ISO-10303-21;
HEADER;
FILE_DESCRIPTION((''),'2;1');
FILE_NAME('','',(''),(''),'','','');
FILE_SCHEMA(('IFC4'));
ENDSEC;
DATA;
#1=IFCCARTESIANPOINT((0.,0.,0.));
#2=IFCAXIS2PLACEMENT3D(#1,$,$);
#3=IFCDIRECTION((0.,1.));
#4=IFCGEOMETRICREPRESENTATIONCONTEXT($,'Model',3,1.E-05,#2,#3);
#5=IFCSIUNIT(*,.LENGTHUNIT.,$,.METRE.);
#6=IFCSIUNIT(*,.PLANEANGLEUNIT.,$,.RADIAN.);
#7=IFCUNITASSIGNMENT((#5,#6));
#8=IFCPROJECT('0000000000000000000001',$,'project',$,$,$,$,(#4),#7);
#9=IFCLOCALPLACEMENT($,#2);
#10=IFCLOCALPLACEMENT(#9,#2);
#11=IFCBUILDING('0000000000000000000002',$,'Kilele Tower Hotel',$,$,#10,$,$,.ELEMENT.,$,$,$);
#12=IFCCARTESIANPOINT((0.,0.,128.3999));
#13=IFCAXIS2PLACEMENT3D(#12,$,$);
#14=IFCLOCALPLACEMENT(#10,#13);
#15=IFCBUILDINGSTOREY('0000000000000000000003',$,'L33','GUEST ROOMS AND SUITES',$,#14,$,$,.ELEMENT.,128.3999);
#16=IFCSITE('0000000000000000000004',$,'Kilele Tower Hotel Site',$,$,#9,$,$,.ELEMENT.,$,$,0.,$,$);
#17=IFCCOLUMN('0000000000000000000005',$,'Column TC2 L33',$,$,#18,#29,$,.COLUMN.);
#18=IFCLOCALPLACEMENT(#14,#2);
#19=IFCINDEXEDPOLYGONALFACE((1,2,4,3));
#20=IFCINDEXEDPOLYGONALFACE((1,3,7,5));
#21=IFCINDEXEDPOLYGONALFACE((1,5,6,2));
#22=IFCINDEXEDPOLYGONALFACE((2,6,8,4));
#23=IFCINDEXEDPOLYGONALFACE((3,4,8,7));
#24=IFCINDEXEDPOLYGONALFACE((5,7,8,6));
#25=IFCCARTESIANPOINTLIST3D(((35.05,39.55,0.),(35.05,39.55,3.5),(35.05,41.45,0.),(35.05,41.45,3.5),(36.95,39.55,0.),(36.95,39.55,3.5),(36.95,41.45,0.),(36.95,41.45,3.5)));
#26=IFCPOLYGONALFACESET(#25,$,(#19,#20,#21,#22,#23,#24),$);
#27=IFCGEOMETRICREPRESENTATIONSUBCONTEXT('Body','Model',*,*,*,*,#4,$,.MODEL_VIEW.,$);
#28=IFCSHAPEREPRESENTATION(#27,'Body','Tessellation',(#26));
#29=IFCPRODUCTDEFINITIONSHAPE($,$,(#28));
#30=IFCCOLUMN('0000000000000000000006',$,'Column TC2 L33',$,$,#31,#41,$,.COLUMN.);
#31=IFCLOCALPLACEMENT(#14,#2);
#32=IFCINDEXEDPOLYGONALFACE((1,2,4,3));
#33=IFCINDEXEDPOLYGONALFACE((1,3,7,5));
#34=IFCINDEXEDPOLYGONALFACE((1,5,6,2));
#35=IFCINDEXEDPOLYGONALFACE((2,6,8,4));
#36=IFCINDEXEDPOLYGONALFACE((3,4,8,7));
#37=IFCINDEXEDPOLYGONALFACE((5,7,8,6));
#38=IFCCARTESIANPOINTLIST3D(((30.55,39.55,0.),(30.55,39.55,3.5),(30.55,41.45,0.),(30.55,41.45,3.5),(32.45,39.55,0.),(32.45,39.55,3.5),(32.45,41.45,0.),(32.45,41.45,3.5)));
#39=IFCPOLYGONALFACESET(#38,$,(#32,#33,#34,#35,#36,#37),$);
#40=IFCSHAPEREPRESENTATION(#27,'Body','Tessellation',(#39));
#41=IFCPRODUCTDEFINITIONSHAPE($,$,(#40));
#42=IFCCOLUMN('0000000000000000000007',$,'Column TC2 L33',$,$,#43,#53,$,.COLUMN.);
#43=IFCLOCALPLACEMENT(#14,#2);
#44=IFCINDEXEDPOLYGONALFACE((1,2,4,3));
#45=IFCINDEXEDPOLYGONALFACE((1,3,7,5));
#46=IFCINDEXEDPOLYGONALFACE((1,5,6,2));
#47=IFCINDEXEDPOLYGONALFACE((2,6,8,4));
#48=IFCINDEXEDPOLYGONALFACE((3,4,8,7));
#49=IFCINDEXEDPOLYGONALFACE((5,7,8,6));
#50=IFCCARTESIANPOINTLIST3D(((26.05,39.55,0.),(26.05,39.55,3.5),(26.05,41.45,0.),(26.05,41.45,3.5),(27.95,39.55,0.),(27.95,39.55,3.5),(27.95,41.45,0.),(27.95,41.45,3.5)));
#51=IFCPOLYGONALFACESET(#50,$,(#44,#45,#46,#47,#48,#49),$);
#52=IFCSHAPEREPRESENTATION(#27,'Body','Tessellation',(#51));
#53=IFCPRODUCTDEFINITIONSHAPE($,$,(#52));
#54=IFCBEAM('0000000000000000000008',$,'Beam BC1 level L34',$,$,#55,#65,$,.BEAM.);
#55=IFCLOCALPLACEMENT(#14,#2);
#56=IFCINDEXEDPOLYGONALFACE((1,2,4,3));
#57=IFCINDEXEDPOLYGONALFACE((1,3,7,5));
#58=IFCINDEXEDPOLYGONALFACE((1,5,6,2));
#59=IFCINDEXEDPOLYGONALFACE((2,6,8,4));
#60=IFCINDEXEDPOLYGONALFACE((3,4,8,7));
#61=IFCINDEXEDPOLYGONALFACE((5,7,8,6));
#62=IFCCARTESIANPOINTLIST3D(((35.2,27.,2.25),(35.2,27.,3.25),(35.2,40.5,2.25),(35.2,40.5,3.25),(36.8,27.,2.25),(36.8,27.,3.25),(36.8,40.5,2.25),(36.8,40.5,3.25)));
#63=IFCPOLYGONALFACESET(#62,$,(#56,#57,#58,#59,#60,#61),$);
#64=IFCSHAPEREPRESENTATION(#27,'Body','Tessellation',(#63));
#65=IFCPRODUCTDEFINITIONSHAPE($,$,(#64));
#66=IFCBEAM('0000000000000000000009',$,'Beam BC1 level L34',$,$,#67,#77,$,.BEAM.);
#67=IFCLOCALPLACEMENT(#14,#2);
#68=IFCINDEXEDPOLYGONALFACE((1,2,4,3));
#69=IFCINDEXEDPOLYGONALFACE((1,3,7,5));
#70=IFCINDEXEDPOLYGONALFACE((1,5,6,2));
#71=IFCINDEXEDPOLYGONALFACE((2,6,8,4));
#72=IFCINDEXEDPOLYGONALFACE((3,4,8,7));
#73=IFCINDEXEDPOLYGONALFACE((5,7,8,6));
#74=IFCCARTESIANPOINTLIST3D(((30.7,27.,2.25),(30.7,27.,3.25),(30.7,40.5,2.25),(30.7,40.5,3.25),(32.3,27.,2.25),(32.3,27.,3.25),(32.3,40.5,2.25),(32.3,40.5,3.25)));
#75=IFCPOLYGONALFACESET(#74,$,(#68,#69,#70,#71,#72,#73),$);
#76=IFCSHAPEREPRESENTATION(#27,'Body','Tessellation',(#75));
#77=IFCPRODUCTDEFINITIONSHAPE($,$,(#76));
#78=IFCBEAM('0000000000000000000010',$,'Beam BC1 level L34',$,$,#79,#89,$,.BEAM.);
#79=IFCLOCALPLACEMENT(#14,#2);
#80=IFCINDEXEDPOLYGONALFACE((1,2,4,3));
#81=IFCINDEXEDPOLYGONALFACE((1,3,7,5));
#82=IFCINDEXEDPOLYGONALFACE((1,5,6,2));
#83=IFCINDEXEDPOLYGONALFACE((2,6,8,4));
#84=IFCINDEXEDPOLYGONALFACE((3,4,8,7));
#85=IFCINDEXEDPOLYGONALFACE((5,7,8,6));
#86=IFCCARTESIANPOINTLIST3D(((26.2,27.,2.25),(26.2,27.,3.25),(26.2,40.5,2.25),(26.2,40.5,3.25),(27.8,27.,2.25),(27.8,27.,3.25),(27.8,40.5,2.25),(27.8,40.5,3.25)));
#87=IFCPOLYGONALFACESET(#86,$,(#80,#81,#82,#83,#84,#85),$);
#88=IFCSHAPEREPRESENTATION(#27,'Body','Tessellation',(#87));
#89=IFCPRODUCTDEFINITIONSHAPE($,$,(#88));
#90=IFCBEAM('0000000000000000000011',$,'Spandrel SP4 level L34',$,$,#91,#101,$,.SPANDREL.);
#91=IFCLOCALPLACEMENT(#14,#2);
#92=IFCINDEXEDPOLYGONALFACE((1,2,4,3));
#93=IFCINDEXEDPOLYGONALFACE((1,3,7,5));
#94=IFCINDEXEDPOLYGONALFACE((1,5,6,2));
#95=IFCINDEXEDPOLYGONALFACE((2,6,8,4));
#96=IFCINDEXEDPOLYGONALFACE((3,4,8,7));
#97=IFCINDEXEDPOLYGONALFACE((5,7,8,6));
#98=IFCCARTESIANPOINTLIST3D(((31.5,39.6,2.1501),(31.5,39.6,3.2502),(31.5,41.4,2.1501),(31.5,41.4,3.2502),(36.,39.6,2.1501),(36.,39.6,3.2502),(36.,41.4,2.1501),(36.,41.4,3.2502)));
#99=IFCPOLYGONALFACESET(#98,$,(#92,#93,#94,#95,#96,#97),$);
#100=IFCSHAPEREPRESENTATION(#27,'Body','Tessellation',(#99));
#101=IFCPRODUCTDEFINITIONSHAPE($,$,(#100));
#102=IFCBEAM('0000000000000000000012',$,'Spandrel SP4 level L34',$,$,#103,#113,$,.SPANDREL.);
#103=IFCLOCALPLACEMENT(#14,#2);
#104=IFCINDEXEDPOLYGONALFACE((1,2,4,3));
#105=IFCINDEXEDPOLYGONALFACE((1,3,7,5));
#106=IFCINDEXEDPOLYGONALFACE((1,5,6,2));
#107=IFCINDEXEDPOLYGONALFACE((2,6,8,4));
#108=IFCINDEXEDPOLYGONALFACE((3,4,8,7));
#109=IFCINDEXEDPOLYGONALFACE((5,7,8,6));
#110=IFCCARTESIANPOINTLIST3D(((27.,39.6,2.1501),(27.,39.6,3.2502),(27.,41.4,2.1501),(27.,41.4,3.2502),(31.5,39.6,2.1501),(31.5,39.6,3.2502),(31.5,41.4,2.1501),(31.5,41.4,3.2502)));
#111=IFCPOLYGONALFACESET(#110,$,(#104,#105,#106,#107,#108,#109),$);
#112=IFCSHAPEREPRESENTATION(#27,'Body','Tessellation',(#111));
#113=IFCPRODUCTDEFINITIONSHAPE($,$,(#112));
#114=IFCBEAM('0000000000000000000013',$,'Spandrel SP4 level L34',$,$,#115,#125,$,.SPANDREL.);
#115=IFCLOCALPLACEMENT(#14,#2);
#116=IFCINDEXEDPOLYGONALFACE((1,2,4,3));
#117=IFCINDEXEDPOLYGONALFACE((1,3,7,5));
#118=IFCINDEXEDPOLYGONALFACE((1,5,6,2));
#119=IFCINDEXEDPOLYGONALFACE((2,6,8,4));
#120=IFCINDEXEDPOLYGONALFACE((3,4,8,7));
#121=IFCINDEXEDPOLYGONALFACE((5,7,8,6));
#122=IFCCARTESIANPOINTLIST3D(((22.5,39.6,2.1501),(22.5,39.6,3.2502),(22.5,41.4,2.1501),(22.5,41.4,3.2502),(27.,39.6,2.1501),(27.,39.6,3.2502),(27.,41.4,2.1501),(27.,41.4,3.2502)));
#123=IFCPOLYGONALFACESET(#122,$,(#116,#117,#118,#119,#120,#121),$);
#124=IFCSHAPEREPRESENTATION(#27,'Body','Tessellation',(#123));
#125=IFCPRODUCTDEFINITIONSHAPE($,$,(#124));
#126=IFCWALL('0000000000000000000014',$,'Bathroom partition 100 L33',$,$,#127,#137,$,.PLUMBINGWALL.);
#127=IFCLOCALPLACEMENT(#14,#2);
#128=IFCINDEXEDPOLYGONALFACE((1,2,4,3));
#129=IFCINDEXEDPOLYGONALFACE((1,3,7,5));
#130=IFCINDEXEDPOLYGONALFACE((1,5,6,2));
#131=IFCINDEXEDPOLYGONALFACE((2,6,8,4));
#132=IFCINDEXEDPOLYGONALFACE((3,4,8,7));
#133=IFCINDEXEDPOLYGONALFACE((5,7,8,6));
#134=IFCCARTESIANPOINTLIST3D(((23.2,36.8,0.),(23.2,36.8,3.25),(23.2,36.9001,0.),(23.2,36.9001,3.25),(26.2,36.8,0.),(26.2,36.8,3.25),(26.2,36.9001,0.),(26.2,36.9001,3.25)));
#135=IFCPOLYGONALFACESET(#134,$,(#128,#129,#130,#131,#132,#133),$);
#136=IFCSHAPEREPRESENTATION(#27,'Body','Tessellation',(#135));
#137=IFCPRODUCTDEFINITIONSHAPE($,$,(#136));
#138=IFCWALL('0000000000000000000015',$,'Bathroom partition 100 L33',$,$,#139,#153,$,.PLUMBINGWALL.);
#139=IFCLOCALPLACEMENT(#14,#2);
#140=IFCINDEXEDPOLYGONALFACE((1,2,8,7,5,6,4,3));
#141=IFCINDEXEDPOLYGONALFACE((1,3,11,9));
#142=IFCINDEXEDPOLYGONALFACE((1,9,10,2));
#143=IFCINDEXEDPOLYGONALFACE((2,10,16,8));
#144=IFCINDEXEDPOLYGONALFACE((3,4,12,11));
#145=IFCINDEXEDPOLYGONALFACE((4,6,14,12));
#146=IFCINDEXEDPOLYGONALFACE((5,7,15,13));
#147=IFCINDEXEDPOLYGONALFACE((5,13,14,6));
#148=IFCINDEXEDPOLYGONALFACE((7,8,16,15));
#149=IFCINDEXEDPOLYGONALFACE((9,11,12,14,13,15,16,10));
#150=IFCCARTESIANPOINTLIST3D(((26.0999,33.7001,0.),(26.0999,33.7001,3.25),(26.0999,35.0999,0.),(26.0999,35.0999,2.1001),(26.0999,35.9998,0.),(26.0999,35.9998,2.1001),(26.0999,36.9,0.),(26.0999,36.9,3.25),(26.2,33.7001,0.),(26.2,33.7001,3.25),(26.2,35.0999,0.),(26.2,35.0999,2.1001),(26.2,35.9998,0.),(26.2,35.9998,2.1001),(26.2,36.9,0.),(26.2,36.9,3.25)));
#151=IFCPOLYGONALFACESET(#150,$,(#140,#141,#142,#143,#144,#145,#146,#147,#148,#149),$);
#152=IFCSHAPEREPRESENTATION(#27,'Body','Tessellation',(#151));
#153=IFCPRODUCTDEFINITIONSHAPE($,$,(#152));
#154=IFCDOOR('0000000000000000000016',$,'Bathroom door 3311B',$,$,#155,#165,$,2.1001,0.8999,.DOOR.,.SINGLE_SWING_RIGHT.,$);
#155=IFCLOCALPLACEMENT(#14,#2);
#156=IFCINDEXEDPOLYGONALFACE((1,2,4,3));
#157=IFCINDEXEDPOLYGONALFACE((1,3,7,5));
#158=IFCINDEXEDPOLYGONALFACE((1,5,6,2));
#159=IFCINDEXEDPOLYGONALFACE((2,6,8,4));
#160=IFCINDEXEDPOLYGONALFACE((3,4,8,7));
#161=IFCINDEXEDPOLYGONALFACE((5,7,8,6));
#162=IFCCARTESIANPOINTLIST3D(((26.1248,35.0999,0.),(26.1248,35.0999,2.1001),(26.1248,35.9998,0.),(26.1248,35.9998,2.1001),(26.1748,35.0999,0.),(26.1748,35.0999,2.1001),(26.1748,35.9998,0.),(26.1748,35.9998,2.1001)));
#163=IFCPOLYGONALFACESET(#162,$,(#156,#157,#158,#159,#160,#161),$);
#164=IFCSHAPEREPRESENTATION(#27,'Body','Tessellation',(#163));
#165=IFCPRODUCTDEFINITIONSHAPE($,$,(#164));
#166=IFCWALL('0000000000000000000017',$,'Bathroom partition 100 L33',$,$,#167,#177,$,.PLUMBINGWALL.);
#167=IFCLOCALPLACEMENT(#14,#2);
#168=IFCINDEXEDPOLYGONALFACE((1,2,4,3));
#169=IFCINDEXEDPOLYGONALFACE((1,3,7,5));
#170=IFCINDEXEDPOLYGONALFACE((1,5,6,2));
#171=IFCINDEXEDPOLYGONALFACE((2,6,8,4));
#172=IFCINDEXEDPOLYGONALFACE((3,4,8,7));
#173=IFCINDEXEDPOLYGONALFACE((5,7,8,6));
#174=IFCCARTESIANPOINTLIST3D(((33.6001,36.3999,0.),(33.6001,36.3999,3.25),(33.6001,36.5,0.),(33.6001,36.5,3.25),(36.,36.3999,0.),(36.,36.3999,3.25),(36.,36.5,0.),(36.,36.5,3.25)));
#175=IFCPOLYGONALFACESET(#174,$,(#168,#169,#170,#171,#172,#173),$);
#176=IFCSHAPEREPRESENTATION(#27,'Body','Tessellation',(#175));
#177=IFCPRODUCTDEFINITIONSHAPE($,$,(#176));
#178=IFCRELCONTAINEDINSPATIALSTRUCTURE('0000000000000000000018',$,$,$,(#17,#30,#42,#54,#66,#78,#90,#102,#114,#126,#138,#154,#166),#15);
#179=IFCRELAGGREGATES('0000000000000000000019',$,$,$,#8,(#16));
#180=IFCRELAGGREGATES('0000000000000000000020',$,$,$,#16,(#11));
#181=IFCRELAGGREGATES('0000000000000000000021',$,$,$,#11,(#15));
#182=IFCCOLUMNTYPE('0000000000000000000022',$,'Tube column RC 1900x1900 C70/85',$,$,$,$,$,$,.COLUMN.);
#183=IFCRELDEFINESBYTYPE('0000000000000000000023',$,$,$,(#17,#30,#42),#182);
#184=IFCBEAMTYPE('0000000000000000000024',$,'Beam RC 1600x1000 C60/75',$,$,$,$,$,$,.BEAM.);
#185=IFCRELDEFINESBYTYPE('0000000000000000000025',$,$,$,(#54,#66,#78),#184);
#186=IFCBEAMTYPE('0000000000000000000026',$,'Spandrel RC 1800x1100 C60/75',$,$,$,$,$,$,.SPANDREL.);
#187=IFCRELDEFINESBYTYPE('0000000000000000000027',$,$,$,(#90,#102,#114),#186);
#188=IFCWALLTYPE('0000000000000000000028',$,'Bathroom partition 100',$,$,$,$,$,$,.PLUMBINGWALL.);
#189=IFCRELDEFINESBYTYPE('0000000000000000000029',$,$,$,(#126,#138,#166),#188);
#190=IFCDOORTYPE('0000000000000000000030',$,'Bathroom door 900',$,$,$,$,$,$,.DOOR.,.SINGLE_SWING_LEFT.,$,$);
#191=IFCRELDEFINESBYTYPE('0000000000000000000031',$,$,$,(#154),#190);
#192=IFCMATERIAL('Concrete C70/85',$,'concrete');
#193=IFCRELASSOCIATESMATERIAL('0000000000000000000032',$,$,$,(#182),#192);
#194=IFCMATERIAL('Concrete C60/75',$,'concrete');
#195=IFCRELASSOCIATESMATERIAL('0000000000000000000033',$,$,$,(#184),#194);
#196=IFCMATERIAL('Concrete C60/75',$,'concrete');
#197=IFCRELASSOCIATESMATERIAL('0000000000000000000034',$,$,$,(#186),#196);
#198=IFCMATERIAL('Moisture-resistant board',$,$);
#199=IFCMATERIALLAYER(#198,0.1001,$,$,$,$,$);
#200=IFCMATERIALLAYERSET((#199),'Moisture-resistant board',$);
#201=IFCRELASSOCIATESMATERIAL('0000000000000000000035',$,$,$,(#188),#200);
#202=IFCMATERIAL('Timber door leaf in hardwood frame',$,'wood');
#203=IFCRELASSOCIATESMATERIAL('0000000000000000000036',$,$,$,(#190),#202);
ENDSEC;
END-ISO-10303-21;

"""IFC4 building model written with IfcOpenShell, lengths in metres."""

from ifc_helpers import new_model, si_unit, direction, frame, frame_2d, origin, origin_2d, place, context, subcontext, project, spatial, rectangle, extrude, material, layer, layer_set, material_profile, profile_set, type_object, element, fill, save


model = new_model("IFC4")

# Units and contexts
model_context = context("Model", 3, precision=1e-05, world=origin(), true_north=direction((0.0, 1.0)))
body_context = subcontext(model_context, "Body", "Model", "MODEL_VIEW")
ifc_project = project(units=[si_unit("LENGTHUNIT", "METRE"), si_unit("PLANEANGLEUNIT", "RADIAN")], contexts=[model_context])

# Site, building, storey
site_placement = place(None, origin())
site = spatial("IfcSite", under=ifc_project, at=site_placement, Name="Kilele Tower Hotel Site", CompositionType="ELEMENT", RefElevation=0.0)
building_placement = place(site_placement, origin())
building = spatial("IfcBuilding", under=site, at=building_placement, Name="Kilele Tower Hotel", CompositionType="ELEMENT")
storey_placement = place(building_placement, frame((0.0, 0.0, 128.3999)))
storey = spatial("IfcBuildingStorey", under=building, at=storey_placement, Name="L33", Description="GUEST ROOMS AND SUITES", CompositionType="ELEMENT", Elevation=128.3999)

# Columns
ifc_material_1 = material(Name="Concrete C70/85", Category="concrete")
ifc_material_profile_1 = material_profile(ifc_material_1, rectangle(XDim=1.8999, YDim=1.8999, at=origin_2d()))
ifc_profile_set_1 = profile_set([ifc_material_profile_1], Name="Concrete C70/85")
column_type = type_object("IfcColumnType", Name="Tube column RC 1900x1900 C70/85", PredefinedType="COLUMN", material=ifc_profile_set_1)
for number, where, z_axis, x_axis, name in (
    (1, (36.0, 40.5, 0.0), (0.0, 0.0, 1.0), (1.0, 0.0, 0.0), "Column TC2 L33"),
    (2, (31.5, 40.5, 0.0), (0.0, 0.0, 1.0), (1.0, 0.0, 0.0), "Column TC2 L33"),
    (3, (27.0, 40.5, 0.0), (0.0, 0.0, 1.0), (1.0, 0.0, 0.0), "Column TC2 L33"),
):
    element("IfcColumn", number, at=place(storey_placement, frame(where, z_axis=z_axis, x_axis=x_axis)), inside=storey, type_object=column_type, Name=name, PredefinedType="COLUMN", context=body_context, shape_type="SweptSolid", body=[
        extrude(rectangle(XDim=1.8999, YDim=1.8999, at=origin_2d()), origin(), (0.0, 0.0, 1.0), 3.5),
    ])

# Beams
ifc_material_2 = material(Name="Concrete C60/75", Category="concrete")
ifc_material_profile_2 = material_profile(ifc_material_2, rectangle(XDim=1.6001, YDim=1.0, at=origin_2d()))
ifc_profile_set_2 = profile_set([ifc_material_profile_2], Name="Concrete C60/75")
beam_type_1 = type_object("IfcBeamType", Name="Beam RC 1600x1000 C60/75", PredefinedType="BEAM", material=ifc_profile_set_2)
for number, where, z_axis, x_axis, name in (
    (4, (36.0, 40.5, 2.75), (0.0, -1.0, 0.0), (1.0, 0.0, 0.0), "Beam BC1 level L34"),
    (5, (31.5, 40.5, 2.75), (0.0, -1.0, 0.0), (1.0, 0.0, 0.0), "Beam BC1 level L34"),
    (6, (27.0, 40.5, 2.75), (0.0, -1.0, 0.0), (1.0, 0.0, 0.0), "Beam BC1 level L34"),
):
    element("IfcBeam", number, at=place(storey_placement, frame(where, z_axis=z_axis, x_axis=x_axis)), inside=storey, type_object=beam_type_1, Name=name, PredefinedType="BEAM", context=body_context, shape_type="SweptSolid", body=[
        extrude(rectangle(XDim=1.6001, YDim=1.0, at=origin_2d()), origin(), (0.0, 0.0, 1.0), 13.5),
    ])
ifc_material_3 = material(Name="Concrete C60/75", Category="concrete")
ifc_material_profile_3 = material_profile(ifc_material_3, rectangle(XDim=1.8, YDim=1.1001, at=origin_2d()))
ifc_profile_set_3 = profile_set([ifc_material_profile_3], Name="Concrete C60/75")
beam_type_2 = type_object("IfcBeamType", Name="Spandrel RC 1800x1100 C60/75", PredefinedType="SPANDREL", material=ifc_profile_set_3)
for number, where, z_axis, x_axis, name in (
    (7, (36.0, 40.5, 2.7002), (-1.0, 0.0, 0.0), (0.0, -1.0, 0.0), "Spandrel SP4 level L34"),
    (8, (31.5, 40.5, 2.7002), (-1.0, 0.0, 0.0), (0.0, -1.0, 0.0), "Spandrel SP4 level L34"),
    (9, (27.0, 40.5, 2.7002), (-1.0, 0.0, 0.0), (0.0, -1.0, 0.0), "Spandrel SP4 level L34"),
):
    element("IfcBeam", number, at=place(storey_placement, frame(where, z_axis=z_axis, x_axis=x_axis)), inside=storey, type_object=beam_type_2, Name=name, PredefinedType="SPANDREL", context=body_context, shape_type="SweptSolid", body=[
        extrude(rectangle(XDim=1.8, YDim=1.1001, at=origin_2d()), origin(), (0.0, 0.0, 1.0), 4.5),
    ])

# Wall
ifc_material_4 = material(Name="Moisture-resistant board")
ifc_layer_1 = layer(ifc_material_4, 0.1001)
ifc_layer_set_1 = layer_set([ifc_layer_1], Name="Moisture-resistant board")
wall_type_1 = type_object("IfcWallType", Name="Bathroom partition 100", PredefinedType="PLUMBINGWALL", material=ifc_layer_set_1)
wall_1_placement = place(storey_placement, frame((23.2, 36.8501, 0.0), z_axis=(0.0, 0.0, 1.0), x_axis=(1.0, 0.0, 0.0)))
element("IfcWall", 10, at=wall_1_placement, inside=storey, type_object=wall_type_1, Name="Bathroom partition 100 L33", PredefinedType="PLUMBINGWALL", context=body_context, shape_type="SweptSolid", body=[
    extrude(rectangle(XDim=3.0, YDim=0.1001, at=frame_2d((1.5, 0.0))), origin(), (0.0, 0.0, 1.0), 3.25),
])

# Wall, opening, door
wall_2_placement = place(storey_placement, frame((26.1499, 33.7, 0.0), z_axis=(0.0, 0.0, 1.0), x_axis=(0.0, 1.0, 0.0)))
wall_2 = element("IfcWall", 11, at=wall_2_placement, inside=storey, type_object=wall_type_1, Name="Bathroom partition 100 L33", PredefinedType="PLUMBINGWALL", context=body_context, shape_type="SweptSolid", body=[
    extrude(rectangle(XDim=3.2, YDim=0.1001, at=frame_2d((1.6001, 0.0))), origin(), (0.0, 0.0, 1.0), 3.25),
])
opening_1_placement = place(wall_2_placement, frame((2.2998, 0.0, 0.0), z_axis=(0.0, 0.0, 1.0), x_axis=(-1.0, 0.0, 0.0)))
opening_1 = element("IfcOpeningElement", 12, at=opening_1_placement, cuts=wall_2, PredefinedType="OPENING", context=body_context, shape_type="SweptSolid", body=[
    extrude(rectangle(XDim=0.8999, YDim=2.1001, at=frame_2d((0.45, 1.05))), frame((0.0, 0.0601, 0.0), z_axis=(0.0, -1.0, 0.0), x_axis=(1.0, 0.0, 0.0)), (0.0, 0.0, 1.0), 0.1201),
])
ifc_material_5 = material(Name="Timber door leaf in hardwood frame", Category="wood")
door_type_1 = type_object("IfcDoorType", Name="Bathroom door 900", OperationType="SINGLE_SWING_LEFT", PredefinedType="DOOR", material=ifc_material_5)
door_1_placement = place(opening_1_placement, origin())
door_1 = element("IfcDoor", 13, at=door_1_placement, inside=storey, type_object=door_type_1, Name="Bathroom door 3311B", OperationType="SINGLE_SWING_RIGHT", OverallHeight=2.1001, OverallWidth=0.8999, PredefinedType="DOOR", context=body_context, shape_type="SweptSolid", body=[
    extrude(rectangle(XDim=0.8999, YDim=2.1001, at=frame_2d((0.45, 1.05))), frame((0.0, 0.0249, 0.0), z_axis=(0.0, -1.0, 0.0), x_axis=(1.0, 0.0, 0.0)), (0.0, 0.0, 1.0), 0.05),
])
fill(opening_1, door_1)

# Wall
wall_3_placement = place(storey_placement, frame((33.6001, 36.45, 0.0), z_axis=(0.0, 0.0, 1.0), x_axis=(1.0, 0.0, 0.0)))
element("IfcWall", 14, at=wall_3_placement, inside=storey, type_object=wall_type_1, Name="Bathroom partition 100 L33", PredefinedType="PLUMBINGWALL", context=body_context, shape_type="SweptSolid", body=[
    extrude(rectangle(XDim=2.3999, YDim=0.1001, at=frame_2d((1.2, 0.0))), origin(), (0.0, 0.0, 1.0), 3.25),
])

save(model, "model.ifc")
